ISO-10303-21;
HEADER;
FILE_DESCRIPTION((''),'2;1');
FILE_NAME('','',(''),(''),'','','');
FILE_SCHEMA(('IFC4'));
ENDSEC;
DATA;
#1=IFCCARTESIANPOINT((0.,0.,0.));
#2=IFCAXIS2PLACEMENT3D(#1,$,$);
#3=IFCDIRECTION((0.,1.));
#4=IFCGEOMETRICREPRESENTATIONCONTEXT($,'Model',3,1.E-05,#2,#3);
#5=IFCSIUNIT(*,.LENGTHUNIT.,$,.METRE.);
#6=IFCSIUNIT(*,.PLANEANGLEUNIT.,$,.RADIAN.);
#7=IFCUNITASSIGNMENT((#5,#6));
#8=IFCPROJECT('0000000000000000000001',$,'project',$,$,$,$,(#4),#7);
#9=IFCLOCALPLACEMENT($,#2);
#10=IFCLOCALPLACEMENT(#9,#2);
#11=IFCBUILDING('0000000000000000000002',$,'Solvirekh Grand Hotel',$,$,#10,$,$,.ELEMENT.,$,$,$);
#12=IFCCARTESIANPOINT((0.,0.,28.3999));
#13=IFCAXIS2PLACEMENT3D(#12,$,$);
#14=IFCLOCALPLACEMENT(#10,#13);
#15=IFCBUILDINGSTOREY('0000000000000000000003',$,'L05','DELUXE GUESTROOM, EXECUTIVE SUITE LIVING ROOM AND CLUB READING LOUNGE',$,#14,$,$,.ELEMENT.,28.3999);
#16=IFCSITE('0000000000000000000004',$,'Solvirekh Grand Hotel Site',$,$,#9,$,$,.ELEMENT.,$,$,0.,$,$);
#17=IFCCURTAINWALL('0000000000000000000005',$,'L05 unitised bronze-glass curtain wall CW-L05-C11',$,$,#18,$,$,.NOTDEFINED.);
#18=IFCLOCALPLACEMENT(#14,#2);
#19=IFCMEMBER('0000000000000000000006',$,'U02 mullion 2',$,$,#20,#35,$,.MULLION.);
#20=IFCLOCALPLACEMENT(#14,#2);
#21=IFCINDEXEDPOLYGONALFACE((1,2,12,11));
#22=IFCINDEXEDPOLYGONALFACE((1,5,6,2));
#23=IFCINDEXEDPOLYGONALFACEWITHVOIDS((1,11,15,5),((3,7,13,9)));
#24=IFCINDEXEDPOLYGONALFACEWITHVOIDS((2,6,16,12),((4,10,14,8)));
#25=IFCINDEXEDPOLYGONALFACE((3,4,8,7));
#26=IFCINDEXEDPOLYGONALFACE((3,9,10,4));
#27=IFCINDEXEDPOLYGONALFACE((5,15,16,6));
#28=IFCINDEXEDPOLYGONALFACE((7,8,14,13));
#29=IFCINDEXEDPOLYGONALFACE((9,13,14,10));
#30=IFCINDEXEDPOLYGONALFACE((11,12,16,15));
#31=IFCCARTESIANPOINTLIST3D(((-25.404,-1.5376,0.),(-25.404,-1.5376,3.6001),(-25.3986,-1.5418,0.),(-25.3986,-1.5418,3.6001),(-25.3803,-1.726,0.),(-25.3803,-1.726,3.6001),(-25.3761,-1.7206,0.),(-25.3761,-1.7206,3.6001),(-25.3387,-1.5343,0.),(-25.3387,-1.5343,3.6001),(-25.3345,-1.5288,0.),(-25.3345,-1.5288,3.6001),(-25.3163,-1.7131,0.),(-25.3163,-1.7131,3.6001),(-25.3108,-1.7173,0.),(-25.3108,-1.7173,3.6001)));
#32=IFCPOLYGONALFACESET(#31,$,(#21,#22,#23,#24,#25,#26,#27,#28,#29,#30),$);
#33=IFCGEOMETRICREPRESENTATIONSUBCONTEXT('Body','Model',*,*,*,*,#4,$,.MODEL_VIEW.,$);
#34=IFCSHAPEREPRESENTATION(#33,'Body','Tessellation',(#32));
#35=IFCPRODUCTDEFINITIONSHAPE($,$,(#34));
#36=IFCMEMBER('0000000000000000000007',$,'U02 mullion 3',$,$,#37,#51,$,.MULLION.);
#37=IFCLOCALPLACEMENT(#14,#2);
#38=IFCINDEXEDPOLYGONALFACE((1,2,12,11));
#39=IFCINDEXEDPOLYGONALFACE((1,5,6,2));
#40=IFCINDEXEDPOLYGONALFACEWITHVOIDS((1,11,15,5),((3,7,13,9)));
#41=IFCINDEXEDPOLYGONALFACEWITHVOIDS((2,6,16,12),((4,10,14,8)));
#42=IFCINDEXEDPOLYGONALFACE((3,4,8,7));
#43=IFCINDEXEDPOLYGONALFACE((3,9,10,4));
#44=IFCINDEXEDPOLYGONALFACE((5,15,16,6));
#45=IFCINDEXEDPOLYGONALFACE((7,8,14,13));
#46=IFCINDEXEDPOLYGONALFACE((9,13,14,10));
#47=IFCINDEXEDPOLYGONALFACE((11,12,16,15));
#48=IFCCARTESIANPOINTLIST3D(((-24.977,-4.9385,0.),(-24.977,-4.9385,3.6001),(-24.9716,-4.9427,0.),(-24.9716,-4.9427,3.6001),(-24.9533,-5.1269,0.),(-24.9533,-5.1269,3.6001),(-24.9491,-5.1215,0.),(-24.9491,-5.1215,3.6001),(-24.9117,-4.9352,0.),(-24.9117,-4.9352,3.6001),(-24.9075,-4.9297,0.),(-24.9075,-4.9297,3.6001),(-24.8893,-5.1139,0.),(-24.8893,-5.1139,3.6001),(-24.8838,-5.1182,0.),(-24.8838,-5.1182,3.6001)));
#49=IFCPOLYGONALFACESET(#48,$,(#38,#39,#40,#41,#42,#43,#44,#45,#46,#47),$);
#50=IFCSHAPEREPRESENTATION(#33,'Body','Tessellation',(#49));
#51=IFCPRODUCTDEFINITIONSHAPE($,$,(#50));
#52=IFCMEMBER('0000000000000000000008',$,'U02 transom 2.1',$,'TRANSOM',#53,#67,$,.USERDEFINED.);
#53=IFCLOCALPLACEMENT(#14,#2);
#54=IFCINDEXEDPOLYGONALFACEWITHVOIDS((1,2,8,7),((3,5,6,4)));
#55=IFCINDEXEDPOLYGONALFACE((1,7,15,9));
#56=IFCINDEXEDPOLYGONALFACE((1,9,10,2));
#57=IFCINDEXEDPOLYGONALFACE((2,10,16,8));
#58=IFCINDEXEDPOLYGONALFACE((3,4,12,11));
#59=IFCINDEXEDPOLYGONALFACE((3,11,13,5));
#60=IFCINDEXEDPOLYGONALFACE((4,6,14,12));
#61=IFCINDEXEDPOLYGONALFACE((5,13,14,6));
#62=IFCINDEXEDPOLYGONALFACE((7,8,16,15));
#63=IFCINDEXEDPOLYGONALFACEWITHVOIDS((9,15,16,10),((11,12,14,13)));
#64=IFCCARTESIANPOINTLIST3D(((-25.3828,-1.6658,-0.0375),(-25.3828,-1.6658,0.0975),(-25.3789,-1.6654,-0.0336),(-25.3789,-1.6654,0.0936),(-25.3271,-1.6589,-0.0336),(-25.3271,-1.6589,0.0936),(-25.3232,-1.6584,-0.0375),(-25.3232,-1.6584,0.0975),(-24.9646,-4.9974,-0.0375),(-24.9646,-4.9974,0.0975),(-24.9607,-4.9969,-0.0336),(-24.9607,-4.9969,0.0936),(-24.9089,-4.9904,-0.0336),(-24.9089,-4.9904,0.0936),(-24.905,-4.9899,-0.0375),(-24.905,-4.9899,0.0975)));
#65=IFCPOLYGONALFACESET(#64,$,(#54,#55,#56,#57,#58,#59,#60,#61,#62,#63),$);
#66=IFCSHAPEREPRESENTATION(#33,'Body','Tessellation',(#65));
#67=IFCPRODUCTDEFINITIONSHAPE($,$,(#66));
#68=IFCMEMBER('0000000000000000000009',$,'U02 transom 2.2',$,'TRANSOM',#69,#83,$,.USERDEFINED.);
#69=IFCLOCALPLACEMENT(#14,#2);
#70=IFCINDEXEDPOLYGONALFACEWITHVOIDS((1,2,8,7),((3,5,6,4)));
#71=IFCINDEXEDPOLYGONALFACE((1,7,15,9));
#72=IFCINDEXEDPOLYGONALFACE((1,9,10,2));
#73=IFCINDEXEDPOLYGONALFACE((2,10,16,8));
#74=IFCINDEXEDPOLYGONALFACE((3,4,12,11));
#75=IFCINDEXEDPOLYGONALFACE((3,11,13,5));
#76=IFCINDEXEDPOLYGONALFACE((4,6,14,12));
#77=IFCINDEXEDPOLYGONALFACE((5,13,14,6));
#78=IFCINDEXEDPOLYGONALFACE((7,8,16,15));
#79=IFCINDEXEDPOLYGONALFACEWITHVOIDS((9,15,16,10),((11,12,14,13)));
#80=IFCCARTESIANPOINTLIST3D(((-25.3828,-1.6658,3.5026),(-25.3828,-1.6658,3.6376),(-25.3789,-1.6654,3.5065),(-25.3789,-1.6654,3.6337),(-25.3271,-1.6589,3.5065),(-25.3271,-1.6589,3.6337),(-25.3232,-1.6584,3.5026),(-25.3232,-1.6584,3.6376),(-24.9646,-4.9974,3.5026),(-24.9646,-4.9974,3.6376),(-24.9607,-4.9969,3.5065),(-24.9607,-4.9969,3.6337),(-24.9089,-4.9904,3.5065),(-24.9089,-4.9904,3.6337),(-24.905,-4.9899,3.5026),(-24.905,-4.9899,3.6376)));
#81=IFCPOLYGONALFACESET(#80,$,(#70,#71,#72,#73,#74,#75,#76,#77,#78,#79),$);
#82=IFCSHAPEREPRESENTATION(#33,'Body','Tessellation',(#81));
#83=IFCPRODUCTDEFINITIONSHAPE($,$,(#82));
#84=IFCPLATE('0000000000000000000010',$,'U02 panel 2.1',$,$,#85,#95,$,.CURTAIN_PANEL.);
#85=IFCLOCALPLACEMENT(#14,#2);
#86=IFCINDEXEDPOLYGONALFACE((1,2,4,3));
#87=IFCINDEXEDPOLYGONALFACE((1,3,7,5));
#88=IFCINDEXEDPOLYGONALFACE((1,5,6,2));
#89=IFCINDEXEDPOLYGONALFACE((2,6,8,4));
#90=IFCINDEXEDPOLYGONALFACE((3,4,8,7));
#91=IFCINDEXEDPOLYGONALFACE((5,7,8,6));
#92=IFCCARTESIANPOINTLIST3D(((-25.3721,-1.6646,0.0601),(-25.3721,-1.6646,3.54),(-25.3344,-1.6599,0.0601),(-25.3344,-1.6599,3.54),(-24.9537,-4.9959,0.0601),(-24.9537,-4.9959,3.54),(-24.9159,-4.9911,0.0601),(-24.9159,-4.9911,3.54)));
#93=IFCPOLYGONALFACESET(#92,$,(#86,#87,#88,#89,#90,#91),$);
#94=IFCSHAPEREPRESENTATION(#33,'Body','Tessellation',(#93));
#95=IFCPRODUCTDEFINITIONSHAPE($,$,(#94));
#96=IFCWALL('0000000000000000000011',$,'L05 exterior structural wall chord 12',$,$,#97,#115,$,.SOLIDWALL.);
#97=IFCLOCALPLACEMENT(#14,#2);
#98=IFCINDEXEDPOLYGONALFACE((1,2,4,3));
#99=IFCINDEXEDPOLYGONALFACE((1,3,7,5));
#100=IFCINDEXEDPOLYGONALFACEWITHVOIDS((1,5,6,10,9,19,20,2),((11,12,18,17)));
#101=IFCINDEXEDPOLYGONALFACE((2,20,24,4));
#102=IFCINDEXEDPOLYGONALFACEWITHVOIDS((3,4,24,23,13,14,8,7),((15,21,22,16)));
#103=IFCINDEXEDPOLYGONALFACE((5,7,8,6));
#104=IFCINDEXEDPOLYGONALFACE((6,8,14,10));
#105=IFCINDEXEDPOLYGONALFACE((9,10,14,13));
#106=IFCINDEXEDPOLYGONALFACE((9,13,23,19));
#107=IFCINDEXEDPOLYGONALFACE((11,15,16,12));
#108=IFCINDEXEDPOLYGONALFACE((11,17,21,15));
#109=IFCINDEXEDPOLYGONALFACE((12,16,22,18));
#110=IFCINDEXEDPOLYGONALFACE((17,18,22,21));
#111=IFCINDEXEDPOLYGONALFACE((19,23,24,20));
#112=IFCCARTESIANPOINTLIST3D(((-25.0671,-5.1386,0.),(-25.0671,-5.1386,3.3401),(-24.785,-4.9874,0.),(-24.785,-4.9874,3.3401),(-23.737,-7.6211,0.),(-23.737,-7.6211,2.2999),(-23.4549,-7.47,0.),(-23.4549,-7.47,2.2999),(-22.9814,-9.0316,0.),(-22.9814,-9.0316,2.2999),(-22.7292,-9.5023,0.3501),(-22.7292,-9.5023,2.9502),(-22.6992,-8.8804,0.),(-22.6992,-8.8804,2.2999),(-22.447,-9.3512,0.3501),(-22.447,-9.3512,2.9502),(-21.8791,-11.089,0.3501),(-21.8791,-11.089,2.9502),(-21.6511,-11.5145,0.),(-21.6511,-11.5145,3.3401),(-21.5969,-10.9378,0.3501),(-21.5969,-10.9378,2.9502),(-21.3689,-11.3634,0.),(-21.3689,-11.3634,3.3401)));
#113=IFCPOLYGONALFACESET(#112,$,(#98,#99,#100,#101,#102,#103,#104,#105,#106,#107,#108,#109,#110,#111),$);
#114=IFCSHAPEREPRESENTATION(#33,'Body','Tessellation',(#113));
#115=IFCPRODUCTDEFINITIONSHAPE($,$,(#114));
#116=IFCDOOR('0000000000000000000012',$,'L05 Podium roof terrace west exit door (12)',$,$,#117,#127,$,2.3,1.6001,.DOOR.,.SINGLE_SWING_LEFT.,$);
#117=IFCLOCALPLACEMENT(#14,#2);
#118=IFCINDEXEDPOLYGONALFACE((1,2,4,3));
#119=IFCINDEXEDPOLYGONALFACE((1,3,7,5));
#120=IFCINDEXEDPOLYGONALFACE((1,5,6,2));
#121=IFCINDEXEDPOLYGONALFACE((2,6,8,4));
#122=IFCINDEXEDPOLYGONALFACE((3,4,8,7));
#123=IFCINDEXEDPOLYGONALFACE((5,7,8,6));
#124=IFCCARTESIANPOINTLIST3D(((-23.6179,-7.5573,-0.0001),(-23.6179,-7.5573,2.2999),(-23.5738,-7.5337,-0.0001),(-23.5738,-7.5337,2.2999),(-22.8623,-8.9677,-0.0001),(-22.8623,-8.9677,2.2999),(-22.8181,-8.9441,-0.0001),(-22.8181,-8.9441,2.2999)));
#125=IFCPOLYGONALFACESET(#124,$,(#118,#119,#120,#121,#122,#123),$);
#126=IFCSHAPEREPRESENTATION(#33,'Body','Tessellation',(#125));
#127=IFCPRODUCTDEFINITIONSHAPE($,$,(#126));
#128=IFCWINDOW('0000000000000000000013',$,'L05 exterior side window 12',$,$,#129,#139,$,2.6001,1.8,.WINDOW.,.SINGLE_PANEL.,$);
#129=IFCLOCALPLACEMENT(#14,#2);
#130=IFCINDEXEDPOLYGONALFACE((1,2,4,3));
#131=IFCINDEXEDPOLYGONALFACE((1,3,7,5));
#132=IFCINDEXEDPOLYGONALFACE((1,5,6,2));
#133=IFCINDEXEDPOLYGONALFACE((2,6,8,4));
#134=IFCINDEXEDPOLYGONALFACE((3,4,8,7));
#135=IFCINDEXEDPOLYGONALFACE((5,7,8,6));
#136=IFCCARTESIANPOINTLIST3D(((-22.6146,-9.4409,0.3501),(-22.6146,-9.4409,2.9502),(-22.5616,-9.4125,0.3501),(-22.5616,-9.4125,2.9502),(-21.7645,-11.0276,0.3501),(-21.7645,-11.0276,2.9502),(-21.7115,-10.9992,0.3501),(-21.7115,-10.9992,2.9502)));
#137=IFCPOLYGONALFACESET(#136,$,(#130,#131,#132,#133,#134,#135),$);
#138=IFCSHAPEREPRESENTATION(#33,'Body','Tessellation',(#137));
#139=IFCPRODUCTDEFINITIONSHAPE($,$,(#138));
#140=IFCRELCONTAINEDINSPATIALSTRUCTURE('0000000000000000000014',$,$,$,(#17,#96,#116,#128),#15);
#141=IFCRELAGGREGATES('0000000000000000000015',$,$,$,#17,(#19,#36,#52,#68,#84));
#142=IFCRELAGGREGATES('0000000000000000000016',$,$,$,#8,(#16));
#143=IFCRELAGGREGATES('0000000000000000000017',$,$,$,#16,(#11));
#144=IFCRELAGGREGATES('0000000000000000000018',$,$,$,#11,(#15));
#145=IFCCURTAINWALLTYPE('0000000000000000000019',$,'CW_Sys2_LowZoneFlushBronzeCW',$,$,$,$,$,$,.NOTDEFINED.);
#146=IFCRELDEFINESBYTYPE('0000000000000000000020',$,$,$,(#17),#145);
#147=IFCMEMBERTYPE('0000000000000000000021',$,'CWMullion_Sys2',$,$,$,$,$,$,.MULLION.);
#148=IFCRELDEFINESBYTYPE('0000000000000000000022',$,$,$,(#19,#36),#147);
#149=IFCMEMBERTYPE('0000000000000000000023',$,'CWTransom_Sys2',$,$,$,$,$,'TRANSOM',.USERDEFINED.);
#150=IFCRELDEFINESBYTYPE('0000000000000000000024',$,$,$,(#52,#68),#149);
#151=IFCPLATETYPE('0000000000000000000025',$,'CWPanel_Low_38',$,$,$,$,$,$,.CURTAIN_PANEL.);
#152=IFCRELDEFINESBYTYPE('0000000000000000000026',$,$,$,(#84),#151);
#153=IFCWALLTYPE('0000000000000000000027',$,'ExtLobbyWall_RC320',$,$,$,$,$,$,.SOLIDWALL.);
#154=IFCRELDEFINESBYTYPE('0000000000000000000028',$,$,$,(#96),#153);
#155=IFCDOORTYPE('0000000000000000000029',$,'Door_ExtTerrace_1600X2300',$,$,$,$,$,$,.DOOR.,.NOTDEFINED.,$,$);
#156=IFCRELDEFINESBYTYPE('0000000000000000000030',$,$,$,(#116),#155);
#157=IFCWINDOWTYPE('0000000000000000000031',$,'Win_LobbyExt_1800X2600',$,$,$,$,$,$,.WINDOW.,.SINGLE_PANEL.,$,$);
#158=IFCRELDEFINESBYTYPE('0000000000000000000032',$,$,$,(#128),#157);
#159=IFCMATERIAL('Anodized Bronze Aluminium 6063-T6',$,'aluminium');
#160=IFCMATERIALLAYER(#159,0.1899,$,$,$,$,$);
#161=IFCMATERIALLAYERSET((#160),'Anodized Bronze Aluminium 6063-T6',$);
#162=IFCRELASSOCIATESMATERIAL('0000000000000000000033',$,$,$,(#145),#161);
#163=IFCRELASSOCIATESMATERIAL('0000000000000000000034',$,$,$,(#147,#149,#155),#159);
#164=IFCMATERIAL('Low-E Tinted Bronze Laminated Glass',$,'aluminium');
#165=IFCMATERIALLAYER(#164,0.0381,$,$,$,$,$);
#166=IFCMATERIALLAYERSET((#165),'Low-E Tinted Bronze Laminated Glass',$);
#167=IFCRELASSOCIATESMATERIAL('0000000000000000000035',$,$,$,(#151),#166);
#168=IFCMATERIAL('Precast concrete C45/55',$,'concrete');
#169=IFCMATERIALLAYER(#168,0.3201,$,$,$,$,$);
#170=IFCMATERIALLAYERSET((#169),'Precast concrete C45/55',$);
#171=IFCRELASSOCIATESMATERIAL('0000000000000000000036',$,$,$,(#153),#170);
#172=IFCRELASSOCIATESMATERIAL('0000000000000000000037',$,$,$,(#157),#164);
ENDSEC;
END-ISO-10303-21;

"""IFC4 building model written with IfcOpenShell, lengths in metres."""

from ifc_helpers import new_model, si_unit, direction, frame, frame_2d, origin, origin_2d, place, context, subcontext, project, spatial, rectangle, hollow_rectangle, extrude, source, transform, mapped, material, layer, layer_set, material_profile, profile_set, type_object, element, fill, aggregate, save


model = new_model("IFC4")

# Units and contexts
model_context = context("Model", 3, precision=1e-05, world=origin(), true_north=direction((0.0, 1.0)))
body_context = subcontext(model_context, "Body", "Model", "MODEL_VIEW")
ifc_project = project(units=[si_unit("LENGTHUNIT", "METRE"), si_unit("PLANEANGLEUNIT", "RADIAN")], contexts=[model_context])

# Site, building, storey
site_placement = place(None, origin())
site = spatial("IfcSite", under=ifc_project, at=site_placement, Name="Solvirekh Grand Hotel Site", CompositionType="ELEMENT", RefElevation=0.0)
building_placement = place(site_placement, origin())
building = spatial("IfcBuilding", under=site, at=building_placement, Name="Solvirekh Grand Hotel", CompositionType="ELEMENT")
storey_placement = place(building_placement, frame((0.0, 0.0, 28.3999)))
storey = spatial("IfcBuildingStorey", under=building, at=storey_placement, Name="L05", Description="DELUXE GUESTROOM, EXECUTIVE SUITE LIVING ROOM AND CLUB READING LOUNGE", CompositionType="ELEMENT", Elevation=28.3999)

# Curtain wall, members, plate
ifc_material_1 = material(Name="Anodized Bronze Aluminium 6063-T6", Category="aluminium")
ifc_layer_1 = layer(ifc_material_1, 0.1899)
ifc_layer_set_1 = layer_set([ifc_layer_1], Name="Anodized Bronze Aluminium 6063-T6")
curtain_wall_type = type_object("IfcCurtainWallType", Name="CW_Sys2_LowZoneFlushBronzeCW", PredefinedType="NOTDEFINED", material=ifc_layer_set_1)
curtain_wall_placement = place(storey_placement, origin())
curtain_wall = element("IfcCurtainWall", 1, at=curtain_wall_placement, inside=storey, type_object=curtain_wall_type, Name="L05 unitised bronze-glass curtain wall CW-L05-C11", PredefinedType="NOTDEFINED")
ifc_material_profile_1 = material_profile(ifc_material_1, hollow_rectangle(XDim=0.0701, YDim=0.1899, WallThickness=0.0049, at=origin_2d()), Name="ALU RHS 190X70X5")
ifc_profile_set_1 = profile_set([ifc_material_profile_1], Name="Anodized Bronze Aluminium 6063-T6")
member_type_1 = type_object("IfcMemberType", Name="CWMullion_Sys2", PredefinedType="MULLION", material=ifc_profile_set_1)
shared_shape_1 = source(origin(), body_context, "Body", "SweptSolid", [
    extrude(hollow_rectangle(XDim=0.0701, YDim=0.1899, WallThickness=0.0049, at=origin_2d()), origin(), (0.0, 0.0, 1.0), 3.6001),
])
member_1_placement = place(storey_placement, frame((-25.3574, -1.6274, 0.0), z_axis=(0.0, 0.0, 1.0), x_axis=(0.992204, 0.124621, 0.0)))
member_1 = element("IfcMember", 2, at=member_1_placement, type_object=member_type_1, Name="U02 mullion 2", PredefinedType="MULLION", context=body_context, shape_type="MappedRepresentation", body=[
    mapped(shared_shape_1, transform((0.0, 0.0, 0.0), x_axis=(1.0, 0.0, 0.0), y_axis=(0.0, 1.0, 0.0), z_axis=(0.0, 0.0, 1.0), scale=1.0)),
])
member_2_placement = place(storey_placement, frame((-24.9304, -5.0283, 0.0), z_axis=(0.0, 0.0, 1.0), x_axis=(0.992204, 0.124621, 0.0)))
member_2 = element("IfcMember", 3, at=member_2_placement, type_object=member_type_1, Name="U02 mullion 3", PredefinedType="MULLION", context=body_context, shape_type="MappedRepresentation", body=[
    mapped(shared_shape_1, transform((0.0, 0.0, 0.0), x_axis=(1.0, 0.0, 0.0), y_axis=(0.0, 1.0, 0.0), z_axis=(0.0, 0.0, 1.0), scale=1.0)),
])
ifc_material_profile_2 = material_profile(ifc_material_1, hollow_rectangle(XDim=0.0601, YDim=0.135, WallThickness=0.0039, at=origin_2d()), Name="ALU RHS 135X60X4")
ifc_profile_set_2 = profile_set([ifc_material_profile_2], Name="Anodized Bronze Aluminium 6063-T6")
member_type_2 = type_object("IfcMemberType", Name="CWTransom_Sys2", ElementType="TRANSOM", PredefinedType="USERDEFINED", material=ifc_profile_set_2)
shared_shape_2 = source(origin(), body_context, "Body", "SweptSolid", [
    extrude(hollow_rectangle(XDim=0.0601, YDim=0.135, WallThickness=0.0039, at=origin_2d()), origin(), (0.0, 0.0, 1.0), 3.3577),
])
member_3_placement = place(storey_placement, frame((-25.353, -1.6621, 0.03), z_axis=(0.124554, -0.992213, 0.0), x_axis=(0.992213, 0.124554, 0.0)))
member_3 = element("IfcMember", 4, at=member_3_placement, type_object=member_type_2, Name="U02 transom 2.1", ObjectType="TRANSOM", PredefinedType="USERDEFINED", context=body_context, shape_type="MappedRepresentation", body=[
    mapped(shared_shape_2, transform((0.0, 0.0, 0.0), x_axis=(1.0, 0.0, 0.0), y_axis=(0.0, 1.0, 0.0), z_axis=(0.0, 0.0, 1.0), scale=1.0)),
])
member_4_placement = place(storey_placement, frame((-25.353, -1.6621, 3.5701), z_axis=(0.124554, -0.992213, 0.0), x_axis=(0.992213, 0.124554, 0.0)))
member_4 = element("IfcMember", 5, at=member_4_placement, type_object=member_type_2, Name="U02 transom 2.2", ObjectType="TRANSOM", PredefinedType="USERDEFINED", context=body_context, shape_type="MappedRepresentation", body=[
    mapped(shared_shape_2, transform((0.0, 0.0, 0.0), x_axis=(1.0, 0.0, 0.0), y_axis=(0.0, 1.0, 0.0), z_axis=(0.0, 0.0, 1.0), scale=1.0)),
])
ifc_material_2 = material(Name="Low-E Tinted Bronze Laminated Glass", Category="aluminium")
ifc_layer_2 = layer(ifc_material_2, 0.0381)
ifc_layer_set_2 = layer_set([ifc_layer_2], Name="Low-E Tinted Bronze Laminated Glass")
plate_type = type_object("IfcPlateType", Name="CWPanel_Low_38", PredefinedType="CURTAIN_PANEL", material=ifc_layer_set_2)
shared_shape_3 = source(origin(), body_context, "Body", "SweptSolid", [
    extrude(rectangle(XDim=3.3574, YDim=0.0381, at=origin_2d()), origin(), (0.0, 0.0, 1.0), 3.48),
])
plate_placement = place(storey_placement, frame((-25.144, -3.3279, 0.0601), z_axis=(0.0, 0.0, 1.0), x_axis=(0.124621, -0.992204, 0.0)))
plate = element("IfcPlate", 6, at=plate_placement, type_object=plate_type, Name="U02 panel 2.1", PredefinedType="CURTAIN_PANEL", context=body_context, shape_type="MappedRepresentation", body=[
    mapped(shared_shape_3, transform((0.0, 0.0, 0.0), x_axis=(1.0, 0.0, 0.0), y_axis=(0.0, 1.0, 0.0), z_axis=(0.0, 0.0, 1.0), scale=1.0)),
])
aggregate(curtain_wall, [member_1, member_2, member_3, member_4, plate])

# Wall, openings, door, window
ifc_material_3 = material(Name="Precast concrete C45/55", Category="concrete")
ifc_layer_3 = layer(ifc_material_3, 0.3201)
ifc_layer_set_3 = layer_set([ifc_layer_3], Name="Precast concrete C45/55")
wall_type_1 = type_object("IfcWallType", Name="ExtLobbyWall_RC320", PredefinedType="SOLIDWALL", material=ifc_layer_set_3)
wall_1_placement = place(storey_placement, frame((-21.51, -11.439, 0.0), z_axis=(0.0, 0.0, 1.0), x_axis=(-0.472255, 0.881462, 0.0)))
wall_1 = element("IfcWall", 7, at=wall_1_placement, inside=storey, type_object=wall_type_1, Name="L05 exterior structural wall chord 12", PredefinedType="SOLIDWALL", context=body_context, shape_type="SweptSolid", body=[
    extrude(rectangle(XDim=7.2334, YDim=0.3201, at=frame_2d((3.6167, 0.0))), origin(), (0.0, 0.0, 1.0), 3.3401),
])
opening_1_placement = place(wall_1_placement, frame((0.4829, 0.0, 0.3501)))
opening_1 = element("IfcOpeningElement", 8, at=opening_1_placement, cuts=wall_1, PredefinedType="OPENING", context=body_context, shape_type="SweptSolid", body=[
    extrude(rectangle(XDim=1.8, YDim=2.6001, at=frame_2d((0.8999, 1.3))), frame((0.0, 0.1699, 0.0), z_axis=(0.0, -1.0, 0.0), x_axis=(1.0, 0.0, 0.0)), (0.0, 0.0, 1.0), 0.3401),
])
opening_2_placement = place(wall_1_placement, frame((2.8169, 0.0, 0.0)))
opening_2 = element("IfcOpeningElement", 9, at=opening_2_placement, cuts=wall_1, PredefinedType="OPENING", context=body_context, shape_type="SweptSolid", body=[
    extrude(rectangle(XDim=1.6001, YDim=2.3, at=frame_2d((0.8, 1.1499))), frame((0.0, 0.1699, 0.0), z_axis=(0.0, -1.0, 0.0), x_axis=(1.0, 0.0, 0.0)), (0.0, 0.0, 1.0), 0.3401),
])
door_type_1 = type_object("IfcDoorType", Name="Door_ExtTerrace_1600X2300", OperationType="NOTDEFINED", PredefinedType="DOOR", material=ifc_material_1)
door_1_placement = place(opening_2_placement, origin())
door_1 = element("IfcDoor", 10, at=door_1_placement, inside=storey, type_object=door_type_1, Name="L05 Podium roof terrace west exit door (12)", OperationType="SINGLE_SWING_LEFT", OverallHeight=2.3, OverallWidth=1.6001, PredefinedType="DOOR", context=body_context, shape_type="SweptSolid", body=[
    extrude(rectangle(XDim=1.6001, YDim=2.3, at=frame_2d((0.8, 1.1499))), frame((0.0, 0.0249, 0.0), z_axis=(0.0, -1.0, 0.0), x_axis=(1.0, 0.0, 0.0)), (0.0, 0.0, 1.0), 0.05),
])
fill(opening_2, door_1)
window_type = type_object("IfcWindowType", Name="Win_LobbyExt_1800X2600", PartitioningType="SINGLE_PANEL", PredefinedType="WINDOW", material=ifc_material_2)
window_placement = place(opening_1_placement, origin())
window = element("IfcWindow", 11, at=window_placement, inside=storey, type_object=window_type, Name="L05 exterior side window 12", OverallHeight=2.6001, OverallWidth=1.8, PartitioningType="SINGLE_PANEL", PredefinedType="WINDOW", context=body_context, shape_type="SweptSolid", body=[
    extrude(rectangle(XDim=1.8, YDim=2.6001, at=frame_2d((0.8999, 1.3))), frame((0.0, 0.03, 0.0), z_axis=(0.0, -1.0, 0.0), x_axis=(1.0, 0.0, 0.0)), (0.0, 0.0, 1.0), 0.0601),
])
fill(opening_1, window)

save(model, "model.ifc")
